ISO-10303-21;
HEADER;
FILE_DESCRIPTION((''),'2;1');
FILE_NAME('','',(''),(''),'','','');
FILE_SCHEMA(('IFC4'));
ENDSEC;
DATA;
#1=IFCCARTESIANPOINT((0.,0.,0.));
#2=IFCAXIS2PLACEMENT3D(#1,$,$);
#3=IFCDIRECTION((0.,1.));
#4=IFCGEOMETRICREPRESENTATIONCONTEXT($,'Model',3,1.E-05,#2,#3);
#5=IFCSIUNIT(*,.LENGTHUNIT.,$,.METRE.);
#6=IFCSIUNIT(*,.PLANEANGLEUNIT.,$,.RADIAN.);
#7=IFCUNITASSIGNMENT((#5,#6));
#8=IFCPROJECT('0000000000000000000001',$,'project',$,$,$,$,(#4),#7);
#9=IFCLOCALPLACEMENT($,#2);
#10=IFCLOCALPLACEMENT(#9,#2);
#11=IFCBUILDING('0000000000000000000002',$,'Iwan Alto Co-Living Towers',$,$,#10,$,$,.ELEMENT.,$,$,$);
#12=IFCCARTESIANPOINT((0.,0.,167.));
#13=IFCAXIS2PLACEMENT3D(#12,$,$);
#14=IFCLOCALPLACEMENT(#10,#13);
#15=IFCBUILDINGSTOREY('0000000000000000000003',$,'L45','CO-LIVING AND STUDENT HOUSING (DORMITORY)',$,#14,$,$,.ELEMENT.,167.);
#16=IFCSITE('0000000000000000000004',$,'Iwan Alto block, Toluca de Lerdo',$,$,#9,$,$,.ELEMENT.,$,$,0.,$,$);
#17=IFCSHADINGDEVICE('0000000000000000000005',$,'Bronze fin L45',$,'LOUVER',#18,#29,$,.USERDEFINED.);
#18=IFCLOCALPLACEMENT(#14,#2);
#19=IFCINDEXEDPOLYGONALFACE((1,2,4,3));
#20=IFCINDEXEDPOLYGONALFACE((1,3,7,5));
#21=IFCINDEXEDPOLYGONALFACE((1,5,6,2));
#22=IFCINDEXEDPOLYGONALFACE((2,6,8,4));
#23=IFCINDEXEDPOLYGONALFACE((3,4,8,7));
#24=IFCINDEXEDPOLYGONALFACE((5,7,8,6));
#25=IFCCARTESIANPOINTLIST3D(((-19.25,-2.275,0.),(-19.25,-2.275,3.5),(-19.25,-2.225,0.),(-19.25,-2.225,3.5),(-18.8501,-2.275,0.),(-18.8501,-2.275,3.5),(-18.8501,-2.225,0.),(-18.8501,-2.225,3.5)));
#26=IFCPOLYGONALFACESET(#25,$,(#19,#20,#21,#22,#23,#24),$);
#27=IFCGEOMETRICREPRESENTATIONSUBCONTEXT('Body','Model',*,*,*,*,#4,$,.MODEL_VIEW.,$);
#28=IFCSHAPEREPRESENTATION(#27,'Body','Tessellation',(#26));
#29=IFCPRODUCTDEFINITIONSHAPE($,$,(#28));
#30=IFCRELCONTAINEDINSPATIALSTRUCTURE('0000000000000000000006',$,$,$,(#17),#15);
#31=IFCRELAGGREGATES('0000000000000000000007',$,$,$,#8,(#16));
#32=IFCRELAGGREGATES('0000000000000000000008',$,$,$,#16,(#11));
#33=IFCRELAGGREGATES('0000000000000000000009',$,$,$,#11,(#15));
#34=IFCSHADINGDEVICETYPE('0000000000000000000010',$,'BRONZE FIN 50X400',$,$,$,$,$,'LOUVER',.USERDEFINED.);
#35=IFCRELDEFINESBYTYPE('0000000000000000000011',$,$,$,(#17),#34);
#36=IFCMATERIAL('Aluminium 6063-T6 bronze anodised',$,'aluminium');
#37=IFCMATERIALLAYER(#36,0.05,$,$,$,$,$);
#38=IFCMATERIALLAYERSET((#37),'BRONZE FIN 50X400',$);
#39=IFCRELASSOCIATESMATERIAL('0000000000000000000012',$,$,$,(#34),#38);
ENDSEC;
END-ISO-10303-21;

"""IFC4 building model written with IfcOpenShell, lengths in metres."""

from ifc_helpers import new_model, si_unit, direction, frame, origin, origin_2d, place, context, subcontext, project, spatial, rectangle, extrude, material, layer, layer_set, type_object, element, save


model = new_model("IFC4")

# Units and contexts
model_context = context("Model", 3, precision=1e-05, world=origin(), true_north=direction((0.0, 1.0)))
body_context = subcontext(model_context, "Body", "Model", "MODEL_VIEW")
ifc_project = project(units=[si_unit("LENGTHUNIT", "METRE"), si_unit("PLANEANGLEUNIT", "RADIAN")], contexts=[model_context])

# Site, building, storey
site_placement = place(None, origin())
site = spatial("IfcSite", under=ifc_project, at=site_placement, Name="Iwan Alto block, Toluca de Lerdo", CompositionType="ELEMENT", RefElevation=0.0)
building_placement = place(site_placement, origin())
building = spatial("IfcBuilding", under=site, at=building_placement, Name="Iwan Alto Co-Living Towers", CompositionType="ELEMENT")
storey_placement = place(building_placement, frame((0.0, 0.0, 167.0)))
storey = spatial("IfcBuildingStorey", under=building, at=storey_placement, Name="L45", Description="CO-LIVING AND STUDENT HOUSING (DORMITORY)", CompositionType="ELEMENT", Elevation=167.0)

# Shading device
ifc_material_1 = material(Name="Aluminium 6063-T6 bronze anodised", Category="aluminium")
ifc_layer_1 = layer(ifc_material_1, 0.05)
ifc_layer_set_1 = layer_set([ifc_layer_1], Name="BRONZE FIN 50X400")
shading_device_type = type_object("IfcShadingDeviceType", Name="BRONZE FIN 50X400", ElementType="LOUVER", PredefinedType="USERDEFINED", material=ifc_layer_set_1)
shading_device_placement = place(storey_placement, frame((-19.05, -2.25, 0.0), z_axis=(0.0, 0.0, 1.0), x_axis=(0.0, -1.0, 0.0)))
element("IfcShadingDevice", 1, at=shading_device_placement, inside=storey, type_object=shading_device_type, Name="Bronze fin L45", ObjectType="LOUVER", PredefinedType="USERDEFINED", context=body_context, shape_type="SweptSolid", body=[
    extrude(rectangle(XDim=0.05, YDim=0.3999, at=origin_2d()), origin(), (0.0, 0.0, 1.0), 3.5),
])

save(model, "model.ifc")
